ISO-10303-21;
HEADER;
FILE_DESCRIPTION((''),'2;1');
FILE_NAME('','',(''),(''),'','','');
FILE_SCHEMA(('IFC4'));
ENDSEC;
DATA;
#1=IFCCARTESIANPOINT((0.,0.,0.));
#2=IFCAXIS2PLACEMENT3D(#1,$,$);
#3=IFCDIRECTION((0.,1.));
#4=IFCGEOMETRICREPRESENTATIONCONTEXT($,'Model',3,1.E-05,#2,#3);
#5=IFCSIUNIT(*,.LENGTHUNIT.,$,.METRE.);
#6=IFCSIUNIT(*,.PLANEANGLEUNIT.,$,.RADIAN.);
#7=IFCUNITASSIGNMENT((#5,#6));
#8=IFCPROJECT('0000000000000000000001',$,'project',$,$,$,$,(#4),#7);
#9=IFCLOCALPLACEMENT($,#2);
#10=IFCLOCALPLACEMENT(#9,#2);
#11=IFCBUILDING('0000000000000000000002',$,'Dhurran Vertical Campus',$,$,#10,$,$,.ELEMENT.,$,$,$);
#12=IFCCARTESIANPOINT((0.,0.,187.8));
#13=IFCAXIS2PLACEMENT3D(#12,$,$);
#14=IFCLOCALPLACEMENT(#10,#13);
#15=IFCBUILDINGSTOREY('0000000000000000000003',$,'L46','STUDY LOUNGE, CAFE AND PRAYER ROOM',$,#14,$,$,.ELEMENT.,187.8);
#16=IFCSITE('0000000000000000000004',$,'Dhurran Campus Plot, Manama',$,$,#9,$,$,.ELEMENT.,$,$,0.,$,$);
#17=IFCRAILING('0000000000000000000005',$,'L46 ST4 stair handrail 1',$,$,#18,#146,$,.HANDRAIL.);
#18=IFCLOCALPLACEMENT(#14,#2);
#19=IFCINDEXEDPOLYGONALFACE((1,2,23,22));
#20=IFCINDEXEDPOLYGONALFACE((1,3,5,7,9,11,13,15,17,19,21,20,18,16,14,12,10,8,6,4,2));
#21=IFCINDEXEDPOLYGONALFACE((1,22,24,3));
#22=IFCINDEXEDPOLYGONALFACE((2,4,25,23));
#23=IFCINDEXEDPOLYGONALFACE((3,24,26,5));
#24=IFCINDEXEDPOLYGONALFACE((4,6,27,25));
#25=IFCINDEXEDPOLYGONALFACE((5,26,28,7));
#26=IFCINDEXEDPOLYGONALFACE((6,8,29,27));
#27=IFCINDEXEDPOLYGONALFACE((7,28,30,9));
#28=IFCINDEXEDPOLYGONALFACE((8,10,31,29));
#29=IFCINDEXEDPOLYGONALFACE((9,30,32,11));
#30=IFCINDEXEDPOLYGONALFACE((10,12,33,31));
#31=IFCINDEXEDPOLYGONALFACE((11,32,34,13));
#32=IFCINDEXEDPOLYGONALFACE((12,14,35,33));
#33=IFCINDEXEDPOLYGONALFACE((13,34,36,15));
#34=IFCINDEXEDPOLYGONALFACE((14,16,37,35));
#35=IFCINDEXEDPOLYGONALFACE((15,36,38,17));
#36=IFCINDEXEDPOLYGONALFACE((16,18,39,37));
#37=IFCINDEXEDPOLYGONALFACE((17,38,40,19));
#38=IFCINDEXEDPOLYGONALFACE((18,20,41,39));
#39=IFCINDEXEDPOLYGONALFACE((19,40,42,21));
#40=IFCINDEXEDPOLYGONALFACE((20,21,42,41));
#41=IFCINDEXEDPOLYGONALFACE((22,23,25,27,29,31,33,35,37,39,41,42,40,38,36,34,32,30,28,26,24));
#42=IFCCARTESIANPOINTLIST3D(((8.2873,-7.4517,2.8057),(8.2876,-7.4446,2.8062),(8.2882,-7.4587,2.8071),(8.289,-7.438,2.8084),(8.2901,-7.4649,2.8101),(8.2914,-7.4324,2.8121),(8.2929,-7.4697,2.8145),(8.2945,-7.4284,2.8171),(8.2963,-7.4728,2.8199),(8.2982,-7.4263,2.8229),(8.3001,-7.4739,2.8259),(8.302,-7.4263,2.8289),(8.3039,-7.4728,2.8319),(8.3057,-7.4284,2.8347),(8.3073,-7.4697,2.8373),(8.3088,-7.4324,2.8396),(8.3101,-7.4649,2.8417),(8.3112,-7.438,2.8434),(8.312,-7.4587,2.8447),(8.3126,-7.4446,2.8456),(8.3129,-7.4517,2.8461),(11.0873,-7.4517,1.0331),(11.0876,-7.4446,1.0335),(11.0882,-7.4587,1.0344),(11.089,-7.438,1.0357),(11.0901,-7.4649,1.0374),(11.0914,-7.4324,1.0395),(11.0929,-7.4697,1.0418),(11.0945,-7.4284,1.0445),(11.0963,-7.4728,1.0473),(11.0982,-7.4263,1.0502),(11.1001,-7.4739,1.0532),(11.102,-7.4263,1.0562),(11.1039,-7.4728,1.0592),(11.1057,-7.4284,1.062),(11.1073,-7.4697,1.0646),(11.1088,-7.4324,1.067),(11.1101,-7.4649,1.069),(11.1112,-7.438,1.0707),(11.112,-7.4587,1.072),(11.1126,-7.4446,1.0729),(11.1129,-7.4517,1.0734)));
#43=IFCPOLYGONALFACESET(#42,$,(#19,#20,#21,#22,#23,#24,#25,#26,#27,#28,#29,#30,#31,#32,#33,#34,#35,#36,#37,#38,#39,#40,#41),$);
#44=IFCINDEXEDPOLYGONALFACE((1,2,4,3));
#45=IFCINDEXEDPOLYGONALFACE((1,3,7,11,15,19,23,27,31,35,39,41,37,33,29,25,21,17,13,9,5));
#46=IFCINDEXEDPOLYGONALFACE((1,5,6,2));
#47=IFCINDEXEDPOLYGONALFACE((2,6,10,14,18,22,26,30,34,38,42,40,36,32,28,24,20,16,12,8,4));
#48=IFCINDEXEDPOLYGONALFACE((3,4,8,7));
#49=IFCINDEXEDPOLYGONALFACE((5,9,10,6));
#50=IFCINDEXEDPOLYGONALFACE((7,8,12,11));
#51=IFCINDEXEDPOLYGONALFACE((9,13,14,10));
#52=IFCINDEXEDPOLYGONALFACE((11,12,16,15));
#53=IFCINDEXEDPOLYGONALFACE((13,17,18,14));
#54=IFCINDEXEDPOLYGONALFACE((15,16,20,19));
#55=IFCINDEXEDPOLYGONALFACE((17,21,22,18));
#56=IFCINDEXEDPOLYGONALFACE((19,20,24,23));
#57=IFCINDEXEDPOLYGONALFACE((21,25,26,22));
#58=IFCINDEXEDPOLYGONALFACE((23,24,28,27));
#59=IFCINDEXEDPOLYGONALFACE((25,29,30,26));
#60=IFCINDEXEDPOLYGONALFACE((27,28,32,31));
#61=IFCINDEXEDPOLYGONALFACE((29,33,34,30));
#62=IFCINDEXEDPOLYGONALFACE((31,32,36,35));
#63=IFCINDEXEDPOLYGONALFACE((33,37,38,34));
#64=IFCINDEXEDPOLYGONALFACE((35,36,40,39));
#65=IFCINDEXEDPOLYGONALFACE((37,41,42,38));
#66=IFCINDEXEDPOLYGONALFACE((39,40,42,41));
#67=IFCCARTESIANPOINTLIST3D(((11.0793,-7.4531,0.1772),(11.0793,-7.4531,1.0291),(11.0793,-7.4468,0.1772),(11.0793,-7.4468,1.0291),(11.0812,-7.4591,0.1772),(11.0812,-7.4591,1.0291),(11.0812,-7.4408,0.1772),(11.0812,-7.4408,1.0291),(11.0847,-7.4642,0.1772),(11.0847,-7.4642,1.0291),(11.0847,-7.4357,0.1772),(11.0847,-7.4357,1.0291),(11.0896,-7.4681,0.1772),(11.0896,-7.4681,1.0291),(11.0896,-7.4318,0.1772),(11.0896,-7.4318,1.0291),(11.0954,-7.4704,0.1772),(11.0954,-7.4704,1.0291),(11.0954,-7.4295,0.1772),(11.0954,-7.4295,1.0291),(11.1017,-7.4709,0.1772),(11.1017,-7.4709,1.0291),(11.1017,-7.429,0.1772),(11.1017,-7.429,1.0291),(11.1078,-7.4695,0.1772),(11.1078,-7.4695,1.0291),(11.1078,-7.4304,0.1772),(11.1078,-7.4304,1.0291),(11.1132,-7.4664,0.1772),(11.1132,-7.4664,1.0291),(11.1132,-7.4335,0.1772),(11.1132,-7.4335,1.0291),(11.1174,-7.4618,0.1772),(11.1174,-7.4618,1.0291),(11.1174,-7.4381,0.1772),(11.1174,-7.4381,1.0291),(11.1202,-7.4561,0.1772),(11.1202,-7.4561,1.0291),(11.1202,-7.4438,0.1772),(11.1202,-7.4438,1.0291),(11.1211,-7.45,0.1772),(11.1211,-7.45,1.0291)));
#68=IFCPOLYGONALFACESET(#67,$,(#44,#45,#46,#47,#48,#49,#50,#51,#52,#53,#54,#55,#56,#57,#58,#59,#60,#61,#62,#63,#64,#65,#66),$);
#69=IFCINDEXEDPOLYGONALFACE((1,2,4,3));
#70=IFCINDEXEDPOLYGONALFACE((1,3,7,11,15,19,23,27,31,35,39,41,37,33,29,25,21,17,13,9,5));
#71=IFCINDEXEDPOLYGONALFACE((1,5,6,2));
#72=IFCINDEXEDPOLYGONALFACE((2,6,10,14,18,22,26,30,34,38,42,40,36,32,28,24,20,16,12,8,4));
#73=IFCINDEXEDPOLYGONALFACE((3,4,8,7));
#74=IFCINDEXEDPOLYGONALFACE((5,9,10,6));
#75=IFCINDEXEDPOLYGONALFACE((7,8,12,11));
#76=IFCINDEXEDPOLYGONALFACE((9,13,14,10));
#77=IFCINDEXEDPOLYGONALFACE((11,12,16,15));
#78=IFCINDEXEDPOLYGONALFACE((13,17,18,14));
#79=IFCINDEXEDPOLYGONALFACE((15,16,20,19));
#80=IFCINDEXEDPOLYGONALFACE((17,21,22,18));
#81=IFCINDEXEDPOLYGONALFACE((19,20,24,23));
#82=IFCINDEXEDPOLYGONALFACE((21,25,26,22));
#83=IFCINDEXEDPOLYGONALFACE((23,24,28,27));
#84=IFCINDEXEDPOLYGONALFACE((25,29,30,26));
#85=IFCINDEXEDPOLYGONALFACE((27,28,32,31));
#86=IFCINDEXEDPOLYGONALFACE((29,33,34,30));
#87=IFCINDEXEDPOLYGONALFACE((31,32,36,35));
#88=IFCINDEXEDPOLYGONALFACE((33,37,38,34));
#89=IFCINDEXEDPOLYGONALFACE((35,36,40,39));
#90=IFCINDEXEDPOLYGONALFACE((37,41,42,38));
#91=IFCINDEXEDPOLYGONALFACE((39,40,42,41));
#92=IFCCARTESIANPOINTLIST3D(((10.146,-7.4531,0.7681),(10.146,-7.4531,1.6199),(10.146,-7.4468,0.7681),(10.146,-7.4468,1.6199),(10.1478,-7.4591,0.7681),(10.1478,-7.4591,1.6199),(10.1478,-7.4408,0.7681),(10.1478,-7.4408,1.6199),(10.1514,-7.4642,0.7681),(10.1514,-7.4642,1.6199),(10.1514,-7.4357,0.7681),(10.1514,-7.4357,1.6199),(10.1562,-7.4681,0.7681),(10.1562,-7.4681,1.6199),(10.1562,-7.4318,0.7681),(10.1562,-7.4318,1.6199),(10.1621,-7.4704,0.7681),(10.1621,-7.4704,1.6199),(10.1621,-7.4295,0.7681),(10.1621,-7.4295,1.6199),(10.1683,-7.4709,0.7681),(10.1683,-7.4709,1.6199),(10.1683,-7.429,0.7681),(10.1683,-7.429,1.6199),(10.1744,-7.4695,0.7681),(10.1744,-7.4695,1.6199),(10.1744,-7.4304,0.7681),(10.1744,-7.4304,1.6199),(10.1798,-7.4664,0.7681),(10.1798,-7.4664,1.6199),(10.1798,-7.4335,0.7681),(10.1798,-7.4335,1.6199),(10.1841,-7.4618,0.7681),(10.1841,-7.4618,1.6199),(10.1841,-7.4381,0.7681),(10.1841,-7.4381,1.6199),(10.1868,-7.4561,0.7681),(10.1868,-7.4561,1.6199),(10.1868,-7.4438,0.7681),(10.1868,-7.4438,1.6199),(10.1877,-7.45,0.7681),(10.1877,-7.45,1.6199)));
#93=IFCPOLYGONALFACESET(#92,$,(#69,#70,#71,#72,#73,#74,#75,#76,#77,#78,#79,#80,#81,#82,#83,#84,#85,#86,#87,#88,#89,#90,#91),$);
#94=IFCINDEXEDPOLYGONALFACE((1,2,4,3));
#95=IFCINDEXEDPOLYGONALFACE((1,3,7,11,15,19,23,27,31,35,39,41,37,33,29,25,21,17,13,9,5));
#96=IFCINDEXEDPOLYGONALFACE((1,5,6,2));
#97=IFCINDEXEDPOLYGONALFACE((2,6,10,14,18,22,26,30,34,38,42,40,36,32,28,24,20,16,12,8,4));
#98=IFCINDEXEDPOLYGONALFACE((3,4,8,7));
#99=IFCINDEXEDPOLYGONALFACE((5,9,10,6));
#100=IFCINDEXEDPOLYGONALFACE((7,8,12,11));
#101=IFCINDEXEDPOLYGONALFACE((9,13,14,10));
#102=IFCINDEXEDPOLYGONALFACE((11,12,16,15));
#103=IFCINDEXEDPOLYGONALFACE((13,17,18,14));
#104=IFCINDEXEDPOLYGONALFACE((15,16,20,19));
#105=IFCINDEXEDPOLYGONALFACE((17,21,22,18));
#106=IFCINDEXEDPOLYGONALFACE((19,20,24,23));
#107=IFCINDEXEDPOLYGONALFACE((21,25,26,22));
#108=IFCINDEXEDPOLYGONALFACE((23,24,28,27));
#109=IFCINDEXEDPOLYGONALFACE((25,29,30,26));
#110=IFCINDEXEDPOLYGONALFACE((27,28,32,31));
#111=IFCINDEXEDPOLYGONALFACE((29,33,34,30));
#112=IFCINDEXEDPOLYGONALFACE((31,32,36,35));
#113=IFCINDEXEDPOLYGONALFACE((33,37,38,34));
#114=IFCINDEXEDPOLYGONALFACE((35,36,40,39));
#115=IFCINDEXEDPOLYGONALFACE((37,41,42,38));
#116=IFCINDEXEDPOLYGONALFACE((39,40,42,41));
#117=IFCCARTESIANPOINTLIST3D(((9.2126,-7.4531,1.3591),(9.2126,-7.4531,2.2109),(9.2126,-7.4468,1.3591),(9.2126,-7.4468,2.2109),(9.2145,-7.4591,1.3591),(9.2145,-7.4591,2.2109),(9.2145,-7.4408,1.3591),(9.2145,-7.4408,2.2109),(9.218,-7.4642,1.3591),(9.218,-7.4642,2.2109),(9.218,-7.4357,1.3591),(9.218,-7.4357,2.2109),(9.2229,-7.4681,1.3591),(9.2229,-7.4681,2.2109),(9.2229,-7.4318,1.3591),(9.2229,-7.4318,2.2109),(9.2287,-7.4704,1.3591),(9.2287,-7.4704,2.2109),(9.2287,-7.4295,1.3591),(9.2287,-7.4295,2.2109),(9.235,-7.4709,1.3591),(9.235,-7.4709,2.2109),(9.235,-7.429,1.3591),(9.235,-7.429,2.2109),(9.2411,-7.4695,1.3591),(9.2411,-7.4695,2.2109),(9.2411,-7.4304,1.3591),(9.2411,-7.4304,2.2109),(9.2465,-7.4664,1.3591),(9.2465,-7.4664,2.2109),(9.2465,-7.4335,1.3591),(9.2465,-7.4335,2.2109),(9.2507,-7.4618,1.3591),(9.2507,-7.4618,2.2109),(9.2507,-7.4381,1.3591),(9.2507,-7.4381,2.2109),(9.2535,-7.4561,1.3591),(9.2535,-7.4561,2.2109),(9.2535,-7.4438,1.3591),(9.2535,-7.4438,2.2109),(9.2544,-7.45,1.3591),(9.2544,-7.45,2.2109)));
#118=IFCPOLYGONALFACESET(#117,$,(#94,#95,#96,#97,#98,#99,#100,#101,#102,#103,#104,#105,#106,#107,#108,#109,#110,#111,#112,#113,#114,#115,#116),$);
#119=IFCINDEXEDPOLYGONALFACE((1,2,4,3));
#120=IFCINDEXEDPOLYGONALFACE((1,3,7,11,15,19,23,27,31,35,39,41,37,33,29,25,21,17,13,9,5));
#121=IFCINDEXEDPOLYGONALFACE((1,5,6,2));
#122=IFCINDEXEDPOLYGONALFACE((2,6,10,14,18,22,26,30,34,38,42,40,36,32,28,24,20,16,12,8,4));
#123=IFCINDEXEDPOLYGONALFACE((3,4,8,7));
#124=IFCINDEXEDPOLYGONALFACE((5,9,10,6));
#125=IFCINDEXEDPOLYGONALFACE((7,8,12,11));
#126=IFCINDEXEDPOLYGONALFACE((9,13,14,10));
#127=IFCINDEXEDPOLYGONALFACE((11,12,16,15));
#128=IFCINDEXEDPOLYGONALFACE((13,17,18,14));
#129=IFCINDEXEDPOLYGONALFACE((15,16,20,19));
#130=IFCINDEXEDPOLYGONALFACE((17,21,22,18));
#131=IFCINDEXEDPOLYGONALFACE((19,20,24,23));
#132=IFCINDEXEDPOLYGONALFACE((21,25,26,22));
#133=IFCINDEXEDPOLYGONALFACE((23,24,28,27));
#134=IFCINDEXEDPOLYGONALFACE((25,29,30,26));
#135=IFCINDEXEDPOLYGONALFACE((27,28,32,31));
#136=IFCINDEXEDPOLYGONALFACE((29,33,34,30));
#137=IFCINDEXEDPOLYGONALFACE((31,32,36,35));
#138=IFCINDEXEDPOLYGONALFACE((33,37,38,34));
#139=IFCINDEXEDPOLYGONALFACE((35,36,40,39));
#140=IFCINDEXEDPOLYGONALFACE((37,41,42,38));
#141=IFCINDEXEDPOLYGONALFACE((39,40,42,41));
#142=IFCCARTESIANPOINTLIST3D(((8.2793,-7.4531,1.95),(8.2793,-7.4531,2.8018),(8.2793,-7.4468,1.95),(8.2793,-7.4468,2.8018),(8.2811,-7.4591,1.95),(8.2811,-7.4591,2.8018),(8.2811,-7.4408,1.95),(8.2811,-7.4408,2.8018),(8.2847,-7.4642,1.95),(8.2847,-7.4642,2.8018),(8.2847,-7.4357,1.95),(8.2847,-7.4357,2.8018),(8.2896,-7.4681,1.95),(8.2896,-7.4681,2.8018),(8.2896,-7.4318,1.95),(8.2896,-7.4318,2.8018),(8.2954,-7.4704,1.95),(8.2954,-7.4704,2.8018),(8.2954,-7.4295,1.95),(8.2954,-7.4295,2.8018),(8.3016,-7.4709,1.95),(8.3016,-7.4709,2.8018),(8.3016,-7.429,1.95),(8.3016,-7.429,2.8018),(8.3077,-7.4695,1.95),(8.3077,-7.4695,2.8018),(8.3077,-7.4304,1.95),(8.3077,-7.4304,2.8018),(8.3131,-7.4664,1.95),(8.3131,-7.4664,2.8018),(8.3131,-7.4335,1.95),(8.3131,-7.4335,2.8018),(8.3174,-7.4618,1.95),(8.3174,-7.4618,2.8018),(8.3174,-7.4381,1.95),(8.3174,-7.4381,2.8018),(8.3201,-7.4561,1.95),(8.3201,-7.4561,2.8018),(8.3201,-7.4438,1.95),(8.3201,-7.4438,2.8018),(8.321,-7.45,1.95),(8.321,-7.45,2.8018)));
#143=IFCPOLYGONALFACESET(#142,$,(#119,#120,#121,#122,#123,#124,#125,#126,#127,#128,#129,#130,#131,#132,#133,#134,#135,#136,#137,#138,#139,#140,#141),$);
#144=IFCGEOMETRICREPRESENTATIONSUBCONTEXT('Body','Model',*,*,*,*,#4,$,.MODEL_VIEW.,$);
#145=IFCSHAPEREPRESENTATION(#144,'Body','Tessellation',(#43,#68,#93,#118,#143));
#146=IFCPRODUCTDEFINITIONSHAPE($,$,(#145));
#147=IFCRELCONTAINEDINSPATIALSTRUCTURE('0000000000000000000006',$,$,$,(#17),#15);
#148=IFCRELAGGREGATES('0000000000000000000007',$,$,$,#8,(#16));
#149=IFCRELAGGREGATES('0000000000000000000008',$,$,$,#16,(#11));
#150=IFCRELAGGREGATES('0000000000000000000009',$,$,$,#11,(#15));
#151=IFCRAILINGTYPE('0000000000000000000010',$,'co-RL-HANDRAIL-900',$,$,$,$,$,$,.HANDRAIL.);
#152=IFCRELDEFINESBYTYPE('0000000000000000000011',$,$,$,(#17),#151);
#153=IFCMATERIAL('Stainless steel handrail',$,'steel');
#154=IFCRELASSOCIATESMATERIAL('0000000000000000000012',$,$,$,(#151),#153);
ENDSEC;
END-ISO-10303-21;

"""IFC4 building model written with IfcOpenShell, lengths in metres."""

from ifc_helpers import new_model, si_unit, direction, frame, origin, origin_2d, place, context, subcontext, project, spatial, circle, extrude, material, type_object, element, save


model = new_model("IFC4")

# Units and contexts
model_context = context("Model", 3, precision=1e-05, world=origin(), true_north=direction((0.0, 1.0)))
body_context = subcontext(model_context, "Body", "Model", "MODEL_VIEW")
ifc_project = project(units=[si_unit("LENGTHUNIT", "METRE"), si_unit("PLANEANGLEUNIT", "RADIAN")], contexts=[model_context])

# Site, building, storey
site_placement = place(None, origin())
site = spatial("IfcSite", under=ifc_project, at=site_placement, Name="Dhurran Campus Plot, Manama", CompositionType="ELEMENT", RefElevation=0.0)
building_placement = place(site_placement, origin())
building = spatial("IfcBuilding", under=site, at=building_placement, Name="Dhurran Vertical Campus", CompositionType="ELEMENT")
storey_placement = place(building_placement, frame((0.0, 0.0, 187.8)))
storey = spatial("IfcBuildingStorey", under=building, at=storey_placement, Name="L46", Description="STUDY LOUNGE, CAFE AND PRAYER ROOM", CompositionType="ELEMENT", Elevation=187.8)

# Railing
ifc_material_1 = material(Name="Stainless steel handrail", Category="steel")
railing_type_1 = type_object("IfcRailingType", Name="co-RL-HANDRAIL-900", PredefinedType="HANDRAIL", material=ifc_material_1)
railing_1_placement = place(storey_placement, frame((11.1001, -7.45, 0.1772)))
element("IfcRailing", 1, at=railing_1_placement, inside=storey, type_object=railing_type_1, Name="L46 ST4 stair handrail 1", PredefinedType="HANDRAIL", context=body_context, shape_type="SweptSolid", body=[
    extrude(circle(Radius=0.0239, at=origin_2d()), frame((0.0, 0.0, 0.876), z_axis=(-0.844909, 0.0, 0.53491), x_axis=(0.0, -1.0, 0.0)), (0.0, 0.0, 1.0), 3.314),
    extrude(circle(Radius=0.021, at=origin_2d()), origin(), (0.0, 0.0, 1.0), 0.8518),
    extrude(circle(Radius=0.021, at=origin_2d()), frame((-0.9333, 0.0, 0.5908)), (0.0, 0.0, 1.0), 0.8518),
    extrude(circle(Radius=0.021, at=origin_2d()), frame((-1.8667, 0.0, 1.1819)), (0.0, 0.0, 1.0), 0.8518),
    extrude(circle(Radius=0.021, at=origin_2d()), frame((-2.8, 0.0, 1.7727)), (0.0, 0.0, 1.0), 0.8518),
])

save(model, "model.ifc")
